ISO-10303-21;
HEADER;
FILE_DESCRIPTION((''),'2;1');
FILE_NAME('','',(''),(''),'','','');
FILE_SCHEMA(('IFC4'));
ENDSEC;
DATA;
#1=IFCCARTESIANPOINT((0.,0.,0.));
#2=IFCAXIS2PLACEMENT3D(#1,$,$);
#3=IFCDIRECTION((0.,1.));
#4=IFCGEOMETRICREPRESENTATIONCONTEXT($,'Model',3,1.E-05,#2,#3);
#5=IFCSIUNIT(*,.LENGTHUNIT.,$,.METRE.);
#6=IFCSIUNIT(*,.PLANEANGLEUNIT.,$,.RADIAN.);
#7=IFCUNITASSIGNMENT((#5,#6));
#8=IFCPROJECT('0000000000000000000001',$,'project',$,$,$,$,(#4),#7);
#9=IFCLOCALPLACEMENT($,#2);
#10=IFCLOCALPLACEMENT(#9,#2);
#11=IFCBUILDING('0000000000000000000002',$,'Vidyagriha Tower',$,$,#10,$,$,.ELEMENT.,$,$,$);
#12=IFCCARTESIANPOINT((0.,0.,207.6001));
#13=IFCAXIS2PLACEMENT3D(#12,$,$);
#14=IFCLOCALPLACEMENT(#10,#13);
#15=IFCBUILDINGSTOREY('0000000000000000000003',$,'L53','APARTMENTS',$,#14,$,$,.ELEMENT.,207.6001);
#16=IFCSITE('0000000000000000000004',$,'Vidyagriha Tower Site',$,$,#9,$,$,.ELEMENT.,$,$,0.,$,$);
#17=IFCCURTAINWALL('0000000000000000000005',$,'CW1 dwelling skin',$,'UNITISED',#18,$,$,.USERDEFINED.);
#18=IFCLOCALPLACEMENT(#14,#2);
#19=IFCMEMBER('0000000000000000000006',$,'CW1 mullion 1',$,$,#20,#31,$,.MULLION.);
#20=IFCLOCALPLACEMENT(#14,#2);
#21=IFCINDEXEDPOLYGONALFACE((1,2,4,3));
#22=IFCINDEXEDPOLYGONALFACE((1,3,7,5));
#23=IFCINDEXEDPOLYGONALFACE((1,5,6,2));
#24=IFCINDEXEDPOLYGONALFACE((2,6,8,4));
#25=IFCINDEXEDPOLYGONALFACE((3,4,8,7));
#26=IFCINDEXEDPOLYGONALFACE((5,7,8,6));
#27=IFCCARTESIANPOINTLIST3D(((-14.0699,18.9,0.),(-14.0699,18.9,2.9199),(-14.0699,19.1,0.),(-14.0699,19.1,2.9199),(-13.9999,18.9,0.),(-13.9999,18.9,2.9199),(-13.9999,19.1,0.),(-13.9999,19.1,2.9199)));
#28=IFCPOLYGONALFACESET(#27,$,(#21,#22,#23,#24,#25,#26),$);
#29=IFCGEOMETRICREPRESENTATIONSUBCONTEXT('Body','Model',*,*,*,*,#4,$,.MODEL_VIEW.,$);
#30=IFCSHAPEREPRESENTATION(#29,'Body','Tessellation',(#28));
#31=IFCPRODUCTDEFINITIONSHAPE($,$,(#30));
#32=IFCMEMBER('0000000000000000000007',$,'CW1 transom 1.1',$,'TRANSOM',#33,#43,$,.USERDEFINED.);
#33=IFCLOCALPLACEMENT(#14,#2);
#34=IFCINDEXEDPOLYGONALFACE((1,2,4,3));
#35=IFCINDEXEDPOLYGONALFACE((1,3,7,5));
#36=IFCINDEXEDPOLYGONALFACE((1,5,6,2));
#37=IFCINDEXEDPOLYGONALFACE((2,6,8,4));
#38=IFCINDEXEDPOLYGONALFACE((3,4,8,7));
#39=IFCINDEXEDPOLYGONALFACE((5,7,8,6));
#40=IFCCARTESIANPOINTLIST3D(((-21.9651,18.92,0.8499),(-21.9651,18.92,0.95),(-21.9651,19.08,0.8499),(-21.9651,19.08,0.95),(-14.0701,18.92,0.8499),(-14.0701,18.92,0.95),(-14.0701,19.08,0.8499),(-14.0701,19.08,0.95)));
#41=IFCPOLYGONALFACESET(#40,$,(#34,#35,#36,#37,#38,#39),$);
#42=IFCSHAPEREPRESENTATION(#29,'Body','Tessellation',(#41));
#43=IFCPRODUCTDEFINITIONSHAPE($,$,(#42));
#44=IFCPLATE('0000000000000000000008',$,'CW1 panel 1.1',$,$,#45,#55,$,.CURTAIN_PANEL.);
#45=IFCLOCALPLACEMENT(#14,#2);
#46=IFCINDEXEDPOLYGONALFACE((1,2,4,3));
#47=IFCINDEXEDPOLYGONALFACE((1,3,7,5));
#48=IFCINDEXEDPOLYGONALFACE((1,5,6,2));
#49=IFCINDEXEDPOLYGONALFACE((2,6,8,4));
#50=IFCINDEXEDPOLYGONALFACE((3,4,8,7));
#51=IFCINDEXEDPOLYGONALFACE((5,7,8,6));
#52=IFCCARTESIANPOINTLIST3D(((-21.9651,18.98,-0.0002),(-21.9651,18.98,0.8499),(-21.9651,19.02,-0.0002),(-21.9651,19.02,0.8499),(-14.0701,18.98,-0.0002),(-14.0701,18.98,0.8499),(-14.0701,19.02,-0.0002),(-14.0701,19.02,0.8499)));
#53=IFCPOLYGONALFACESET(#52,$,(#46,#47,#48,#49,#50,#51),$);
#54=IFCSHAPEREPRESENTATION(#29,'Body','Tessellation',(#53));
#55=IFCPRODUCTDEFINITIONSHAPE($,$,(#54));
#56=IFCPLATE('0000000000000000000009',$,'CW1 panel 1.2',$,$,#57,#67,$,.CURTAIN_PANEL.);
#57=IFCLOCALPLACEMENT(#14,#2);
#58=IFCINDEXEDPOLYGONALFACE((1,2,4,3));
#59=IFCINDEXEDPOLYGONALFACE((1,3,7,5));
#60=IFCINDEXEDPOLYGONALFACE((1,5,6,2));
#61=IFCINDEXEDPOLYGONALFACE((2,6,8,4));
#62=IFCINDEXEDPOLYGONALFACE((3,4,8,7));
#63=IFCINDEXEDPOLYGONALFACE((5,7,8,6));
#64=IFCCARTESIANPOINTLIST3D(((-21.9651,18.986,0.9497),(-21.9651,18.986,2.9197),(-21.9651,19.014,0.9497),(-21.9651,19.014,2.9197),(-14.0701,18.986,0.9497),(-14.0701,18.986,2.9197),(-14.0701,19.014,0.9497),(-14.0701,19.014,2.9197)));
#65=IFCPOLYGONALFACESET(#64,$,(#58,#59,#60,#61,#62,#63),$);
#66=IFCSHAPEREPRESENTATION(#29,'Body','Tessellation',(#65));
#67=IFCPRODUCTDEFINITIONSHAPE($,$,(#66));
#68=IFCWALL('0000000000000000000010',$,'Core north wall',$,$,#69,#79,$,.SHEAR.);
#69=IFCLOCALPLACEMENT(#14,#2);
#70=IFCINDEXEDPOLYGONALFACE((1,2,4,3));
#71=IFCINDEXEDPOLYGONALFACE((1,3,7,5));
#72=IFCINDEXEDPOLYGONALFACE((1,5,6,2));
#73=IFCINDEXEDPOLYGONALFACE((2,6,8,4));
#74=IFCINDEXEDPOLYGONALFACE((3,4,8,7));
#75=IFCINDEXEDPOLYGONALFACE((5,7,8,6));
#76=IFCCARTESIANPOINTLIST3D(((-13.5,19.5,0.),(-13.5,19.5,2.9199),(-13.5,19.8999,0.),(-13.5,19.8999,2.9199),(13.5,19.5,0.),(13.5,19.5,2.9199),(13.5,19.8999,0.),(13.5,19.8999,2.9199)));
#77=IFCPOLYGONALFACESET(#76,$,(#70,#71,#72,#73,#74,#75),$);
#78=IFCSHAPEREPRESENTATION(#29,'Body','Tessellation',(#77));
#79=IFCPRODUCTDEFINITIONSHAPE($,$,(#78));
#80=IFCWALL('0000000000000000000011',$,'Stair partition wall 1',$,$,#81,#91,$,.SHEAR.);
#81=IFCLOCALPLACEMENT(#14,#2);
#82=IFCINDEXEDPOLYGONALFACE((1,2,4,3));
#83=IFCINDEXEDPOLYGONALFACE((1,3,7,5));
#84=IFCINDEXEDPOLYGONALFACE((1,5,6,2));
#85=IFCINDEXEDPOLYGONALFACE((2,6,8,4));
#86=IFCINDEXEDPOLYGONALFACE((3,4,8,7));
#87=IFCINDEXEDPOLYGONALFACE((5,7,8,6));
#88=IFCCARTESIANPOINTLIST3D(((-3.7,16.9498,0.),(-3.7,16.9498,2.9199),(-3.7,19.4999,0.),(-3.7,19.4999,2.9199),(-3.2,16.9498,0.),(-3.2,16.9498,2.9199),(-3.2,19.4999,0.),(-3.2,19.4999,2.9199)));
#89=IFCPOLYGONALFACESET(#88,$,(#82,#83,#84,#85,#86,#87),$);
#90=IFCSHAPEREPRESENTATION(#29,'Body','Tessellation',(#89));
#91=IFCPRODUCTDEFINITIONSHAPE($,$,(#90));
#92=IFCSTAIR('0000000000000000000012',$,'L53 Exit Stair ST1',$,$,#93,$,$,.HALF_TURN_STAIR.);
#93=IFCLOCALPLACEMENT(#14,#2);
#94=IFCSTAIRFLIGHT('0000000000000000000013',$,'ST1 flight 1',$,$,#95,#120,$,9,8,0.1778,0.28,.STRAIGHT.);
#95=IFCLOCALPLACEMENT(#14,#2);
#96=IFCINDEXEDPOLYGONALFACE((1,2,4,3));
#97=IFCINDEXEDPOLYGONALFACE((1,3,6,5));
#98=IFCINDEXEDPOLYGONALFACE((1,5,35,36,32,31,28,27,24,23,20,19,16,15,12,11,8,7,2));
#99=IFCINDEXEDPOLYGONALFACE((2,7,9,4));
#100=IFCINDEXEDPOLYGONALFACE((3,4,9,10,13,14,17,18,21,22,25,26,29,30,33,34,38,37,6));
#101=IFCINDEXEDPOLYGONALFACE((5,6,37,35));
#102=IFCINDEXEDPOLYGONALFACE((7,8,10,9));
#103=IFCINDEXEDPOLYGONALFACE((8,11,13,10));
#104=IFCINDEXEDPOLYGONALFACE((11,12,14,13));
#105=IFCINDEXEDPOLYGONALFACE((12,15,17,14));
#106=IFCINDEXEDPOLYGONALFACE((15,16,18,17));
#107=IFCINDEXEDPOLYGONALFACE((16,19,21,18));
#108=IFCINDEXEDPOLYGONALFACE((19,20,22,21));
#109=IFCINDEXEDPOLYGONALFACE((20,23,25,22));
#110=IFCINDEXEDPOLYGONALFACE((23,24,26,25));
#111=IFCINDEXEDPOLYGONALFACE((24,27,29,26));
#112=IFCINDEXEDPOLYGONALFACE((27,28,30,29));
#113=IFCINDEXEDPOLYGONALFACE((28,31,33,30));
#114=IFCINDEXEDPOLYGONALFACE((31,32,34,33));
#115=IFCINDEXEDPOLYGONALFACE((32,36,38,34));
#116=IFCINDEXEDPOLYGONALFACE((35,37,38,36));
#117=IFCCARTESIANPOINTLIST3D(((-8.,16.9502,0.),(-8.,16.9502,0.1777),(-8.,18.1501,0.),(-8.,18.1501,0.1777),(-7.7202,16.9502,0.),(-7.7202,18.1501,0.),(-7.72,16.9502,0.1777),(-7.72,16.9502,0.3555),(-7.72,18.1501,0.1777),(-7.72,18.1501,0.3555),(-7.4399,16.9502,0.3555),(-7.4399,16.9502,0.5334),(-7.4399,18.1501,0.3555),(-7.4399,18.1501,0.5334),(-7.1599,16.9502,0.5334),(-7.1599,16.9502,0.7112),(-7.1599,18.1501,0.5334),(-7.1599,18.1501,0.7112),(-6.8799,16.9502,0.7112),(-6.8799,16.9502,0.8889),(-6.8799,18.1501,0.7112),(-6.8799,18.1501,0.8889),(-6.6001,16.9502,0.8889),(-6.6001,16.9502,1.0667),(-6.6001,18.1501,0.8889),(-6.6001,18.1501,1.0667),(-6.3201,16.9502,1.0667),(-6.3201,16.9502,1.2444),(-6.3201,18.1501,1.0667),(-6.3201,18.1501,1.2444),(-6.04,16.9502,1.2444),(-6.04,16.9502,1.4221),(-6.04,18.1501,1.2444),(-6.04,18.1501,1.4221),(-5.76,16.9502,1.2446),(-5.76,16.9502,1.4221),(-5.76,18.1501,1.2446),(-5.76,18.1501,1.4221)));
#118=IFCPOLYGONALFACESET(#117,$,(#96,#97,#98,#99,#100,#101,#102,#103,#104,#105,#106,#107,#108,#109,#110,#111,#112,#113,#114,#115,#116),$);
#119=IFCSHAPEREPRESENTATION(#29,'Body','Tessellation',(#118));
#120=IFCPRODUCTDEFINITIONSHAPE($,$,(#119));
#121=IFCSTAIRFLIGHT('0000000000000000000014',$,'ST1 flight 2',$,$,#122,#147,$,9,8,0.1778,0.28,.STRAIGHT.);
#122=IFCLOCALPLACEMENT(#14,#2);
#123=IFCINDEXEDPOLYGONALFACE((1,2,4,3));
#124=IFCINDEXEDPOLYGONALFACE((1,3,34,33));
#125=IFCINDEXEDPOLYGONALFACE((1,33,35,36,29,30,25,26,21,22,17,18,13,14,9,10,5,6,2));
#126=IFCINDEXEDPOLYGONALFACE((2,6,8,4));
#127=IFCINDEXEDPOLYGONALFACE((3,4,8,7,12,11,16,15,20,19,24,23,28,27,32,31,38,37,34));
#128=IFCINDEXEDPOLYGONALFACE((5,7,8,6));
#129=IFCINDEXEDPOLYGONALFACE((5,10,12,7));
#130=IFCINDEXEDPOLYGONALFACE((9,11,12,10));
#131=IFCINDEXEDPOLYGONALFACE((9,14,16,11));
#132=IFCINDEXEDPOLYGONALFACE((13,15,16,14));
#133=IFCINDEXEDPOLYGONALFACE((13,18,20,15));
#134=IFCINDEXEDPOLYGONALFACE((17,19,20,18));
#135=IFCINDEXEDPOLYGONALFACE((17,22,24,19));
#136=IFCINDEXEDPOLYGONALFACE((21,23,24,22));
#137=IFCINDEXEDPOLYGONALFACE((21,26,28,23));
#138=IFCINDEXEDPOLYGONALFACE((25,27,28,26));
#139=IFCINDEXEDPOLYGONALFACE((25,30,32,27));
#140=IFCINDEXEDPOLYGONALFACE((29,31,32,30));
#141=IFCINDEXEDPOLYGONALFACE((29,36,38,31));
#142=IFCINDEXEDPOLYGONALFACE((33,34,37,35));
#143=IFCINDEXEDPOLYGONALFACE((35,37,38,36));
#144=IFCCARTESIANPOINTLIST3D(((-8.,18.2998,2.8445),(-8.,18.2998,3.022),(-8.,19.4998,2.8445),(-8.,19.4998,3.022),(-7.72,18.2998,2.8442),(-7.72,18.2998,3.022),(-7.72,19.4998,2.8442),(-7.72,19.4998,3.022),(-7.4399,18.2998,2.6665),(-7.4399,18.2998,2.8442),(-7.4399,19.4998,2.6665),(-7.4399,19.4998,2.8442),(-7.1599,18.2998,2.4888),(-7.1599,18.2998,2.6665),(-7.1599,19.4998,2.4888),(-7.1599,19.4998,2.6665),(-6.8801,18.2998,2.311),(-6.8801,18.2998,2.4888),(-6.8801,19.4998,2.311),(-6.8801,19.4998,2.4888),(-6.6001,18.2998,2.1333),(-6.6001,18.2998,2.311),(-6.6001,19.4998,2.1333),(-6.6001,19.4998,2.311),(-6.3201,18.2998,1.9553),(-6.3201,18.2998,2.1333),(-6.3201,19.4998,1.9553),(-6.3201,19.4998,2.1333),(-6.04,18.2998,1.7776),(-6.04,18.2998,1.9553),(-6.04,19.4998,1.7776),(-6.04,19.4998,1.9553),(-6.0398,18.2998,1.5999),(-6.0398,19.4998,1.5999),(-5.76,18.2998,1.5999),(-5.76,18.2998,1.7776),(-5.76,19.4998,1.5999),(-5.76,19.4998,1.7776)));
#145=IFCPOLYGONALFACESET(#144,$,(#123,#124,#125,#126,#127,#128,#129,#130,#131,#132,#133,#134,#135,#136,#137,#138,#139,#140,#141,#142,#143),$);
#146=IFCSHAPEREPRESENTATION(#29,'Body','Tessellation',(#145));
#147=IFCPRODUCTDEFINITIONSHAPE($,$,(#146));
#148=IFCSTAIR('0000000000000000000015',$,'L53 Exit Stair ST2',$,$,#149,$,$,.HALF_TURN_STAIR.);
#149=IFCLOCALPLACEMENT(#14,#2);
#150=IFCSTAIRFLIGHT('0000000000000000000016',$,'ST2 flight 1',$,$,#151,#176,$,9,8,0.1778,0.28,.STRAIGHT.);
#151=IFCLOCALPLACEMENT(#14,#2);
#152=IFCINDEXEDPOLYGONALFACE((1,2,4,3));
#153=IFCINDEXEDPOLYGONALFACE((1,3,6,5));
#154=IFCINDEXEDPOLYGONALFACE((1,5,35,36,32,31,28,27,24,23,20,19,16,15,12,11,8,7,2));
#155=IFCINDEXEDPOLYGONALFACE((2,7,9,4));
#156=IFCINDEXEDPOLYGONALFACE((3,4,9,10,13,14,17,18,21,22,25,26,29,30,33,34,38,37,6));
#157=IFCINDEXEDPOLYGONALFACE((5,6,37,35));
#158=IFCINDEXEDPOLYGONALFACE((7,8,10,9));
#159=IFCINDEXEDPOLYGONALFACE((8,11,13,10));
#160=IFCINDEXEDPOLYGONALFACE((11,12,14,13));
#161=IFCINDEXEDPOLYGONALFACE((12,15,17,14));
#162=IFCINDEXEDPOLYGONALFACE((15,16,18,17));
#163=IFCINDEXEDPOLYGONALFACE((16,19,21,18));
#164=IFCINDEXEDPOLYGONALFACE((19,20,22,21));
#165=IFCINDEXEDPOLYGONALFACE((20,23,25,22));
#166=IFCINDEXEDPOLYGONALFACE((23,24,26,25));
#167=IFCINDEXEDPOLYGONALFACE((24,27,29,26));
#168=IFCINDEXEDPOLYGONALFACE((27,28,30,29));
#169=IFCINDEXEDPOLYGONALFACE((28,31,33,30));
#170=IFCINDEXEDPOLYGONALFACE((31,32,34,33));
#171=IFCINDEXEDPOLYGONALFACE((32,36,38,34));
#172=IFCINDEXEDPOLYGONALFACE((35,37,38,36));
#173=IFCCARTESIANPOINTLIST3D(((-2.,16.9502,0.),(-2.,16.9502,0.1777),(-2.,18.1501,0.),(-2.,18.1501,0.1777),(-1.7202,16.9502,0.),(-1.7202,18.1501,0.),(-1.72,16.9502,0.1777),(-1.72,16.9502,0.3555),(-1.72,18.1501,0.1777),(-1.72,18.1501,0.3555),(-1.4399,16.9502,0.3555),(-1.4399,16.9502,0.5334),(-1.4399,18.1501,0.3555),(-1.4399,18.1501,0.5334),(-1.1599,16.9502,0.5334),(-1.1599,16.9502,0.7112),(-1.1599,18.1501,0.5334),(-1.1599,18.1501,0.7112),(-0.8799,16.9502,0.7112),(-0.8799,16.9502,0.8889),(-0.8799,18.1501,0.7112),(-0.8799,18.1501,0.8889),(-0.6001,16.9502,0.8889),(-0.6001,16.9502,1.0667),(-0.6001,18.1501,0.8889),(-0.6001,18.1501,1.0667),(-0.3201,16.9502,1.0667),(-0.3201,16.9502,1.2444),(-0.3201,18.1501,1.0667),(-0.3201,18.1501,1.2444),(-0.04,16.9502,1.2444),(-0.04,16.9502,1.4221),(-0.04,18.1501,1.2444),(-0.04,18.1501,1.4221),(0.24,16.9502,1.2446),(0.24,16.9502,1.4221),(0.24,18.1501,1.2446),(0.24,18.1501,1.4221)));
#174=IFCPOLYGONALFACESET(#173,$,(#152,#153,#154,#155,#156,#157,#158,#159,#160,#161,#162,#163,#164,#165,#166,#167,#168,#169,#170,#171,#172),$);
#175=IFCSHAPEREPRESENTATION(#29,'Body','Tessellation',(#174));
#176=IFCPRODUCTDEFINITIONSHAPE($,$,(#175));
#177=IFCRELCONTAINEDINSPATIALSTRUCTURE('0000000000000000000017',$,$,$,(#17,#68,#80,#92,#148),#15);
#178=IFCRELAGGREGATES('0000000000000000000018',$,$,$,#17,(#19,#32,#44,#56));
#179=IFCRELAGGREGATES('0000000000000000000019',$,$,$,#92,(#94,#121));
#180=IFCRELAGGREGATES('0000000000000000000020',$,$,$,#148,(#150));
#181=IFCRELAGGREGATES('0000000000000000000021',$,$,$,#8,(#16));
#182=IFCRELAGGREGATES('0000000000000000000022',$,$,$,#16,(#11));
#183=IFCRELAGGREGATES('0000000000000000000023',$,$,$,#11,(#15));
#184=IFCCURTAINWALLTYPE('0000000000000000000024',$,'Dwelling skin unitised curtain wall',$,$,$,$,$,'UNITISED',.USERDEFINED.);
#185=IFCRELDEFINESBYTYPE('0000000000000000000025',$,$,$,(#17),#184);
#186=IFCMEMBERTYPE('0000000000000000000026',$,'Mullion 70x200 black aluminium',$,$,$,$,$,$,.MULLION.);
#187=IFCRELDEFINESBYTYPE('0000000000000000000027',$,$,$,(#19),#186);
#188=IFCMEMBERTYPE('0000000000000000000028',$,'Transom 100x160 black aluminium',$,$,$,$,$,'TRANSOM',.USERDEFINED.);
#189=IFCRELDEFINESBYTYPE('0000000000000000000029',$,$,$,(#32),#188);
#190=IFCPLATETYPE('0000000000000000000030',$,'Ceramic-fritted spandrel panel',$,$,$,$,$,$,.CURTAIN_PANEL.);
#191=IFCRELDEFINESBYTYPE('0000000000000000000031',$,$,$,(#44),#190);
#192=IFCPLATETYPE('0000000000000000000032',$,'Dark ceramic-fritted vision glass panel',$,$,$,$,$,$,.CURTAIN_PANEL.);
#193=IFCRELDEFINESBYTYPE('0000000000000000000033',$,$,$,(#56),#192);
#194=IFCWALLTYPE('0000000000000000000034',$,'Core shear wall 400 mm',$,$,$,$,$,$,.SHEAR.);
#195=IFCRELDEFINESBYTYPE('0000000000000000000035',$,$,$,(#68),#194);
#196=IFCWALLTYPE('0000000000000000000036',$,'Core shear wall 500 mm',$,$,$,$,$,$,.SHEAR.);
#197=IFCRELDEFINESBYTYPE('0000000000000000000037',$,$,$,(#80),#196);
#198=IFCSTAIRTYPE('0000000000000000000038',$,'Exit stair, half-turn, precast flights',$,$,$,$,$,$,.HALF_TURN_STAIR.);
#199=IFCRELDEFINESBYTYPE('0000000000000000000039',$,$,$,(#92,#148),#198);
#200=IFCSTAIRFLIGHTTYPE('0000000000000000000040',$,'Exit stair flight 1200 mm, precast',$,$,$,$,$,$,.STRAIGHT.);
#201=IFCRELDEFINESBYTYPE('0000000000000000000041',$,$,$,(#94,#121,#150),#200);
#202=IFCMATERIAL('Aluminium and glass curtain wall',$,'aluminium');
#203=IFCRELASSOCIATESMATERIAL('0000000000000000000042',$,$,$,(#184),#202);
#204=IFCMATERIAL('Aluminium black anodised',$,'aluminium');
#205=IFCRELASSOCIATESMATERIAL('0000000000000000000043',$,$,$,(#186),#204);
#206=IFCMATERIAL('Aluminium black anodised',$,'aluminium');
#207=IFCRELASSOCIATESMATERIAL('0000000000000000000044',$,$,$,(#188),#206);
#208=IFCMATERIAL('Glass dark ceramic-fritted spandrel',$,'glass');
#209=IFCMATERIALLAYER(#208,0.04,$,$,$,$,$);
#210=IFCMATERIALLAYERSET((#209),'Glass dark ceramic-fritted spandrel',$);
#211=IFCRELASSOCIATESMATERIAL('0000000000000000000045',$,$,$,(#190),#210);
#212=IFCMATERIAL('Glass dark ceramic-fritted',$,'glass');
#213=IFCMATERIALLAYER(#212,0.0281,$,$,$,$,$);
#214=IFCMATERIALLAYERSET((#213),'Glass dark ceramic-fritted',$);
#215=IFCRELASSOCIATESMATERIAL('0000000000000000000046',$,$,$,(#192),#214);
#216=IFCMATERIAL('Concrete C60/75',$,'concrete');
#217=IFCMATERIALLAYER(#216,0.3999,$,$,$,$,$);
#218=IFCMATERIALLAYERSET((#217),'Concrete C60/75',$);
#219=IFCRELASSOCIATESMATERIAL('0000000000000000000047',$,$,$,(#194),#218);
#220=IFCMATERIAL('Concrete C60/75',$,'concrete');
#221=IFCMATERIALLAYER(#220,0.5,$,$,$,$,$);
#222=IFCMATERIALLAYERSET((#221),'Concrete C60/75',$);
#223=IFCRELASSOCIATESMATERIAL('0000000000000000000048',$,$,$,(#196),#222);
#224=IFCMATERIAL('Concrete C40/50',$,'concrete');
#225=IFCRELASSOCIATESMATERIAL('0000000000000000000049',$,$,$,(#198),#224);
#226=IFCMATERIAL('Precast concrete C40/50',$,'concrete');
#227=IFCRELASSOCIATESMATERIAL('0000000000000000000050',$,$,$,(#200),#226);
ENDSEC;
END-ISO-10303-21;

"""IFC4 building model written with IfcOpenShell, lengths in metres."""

from ifc_helpers import new_model, si_unit, direction, frame, frame_2d, origin, origin_2d, place, context, subcontext, project, spatial, polyline, rectangle, outline, extrude, material, layer, layer_set, material_profile, profile_set, type_object, element, aggregate, save


model = new_model("IFC4")

# Units and contexts
model_context = context("Model", 3, precision=1e-05, world=origin(), true_north=direction((0.0, 1.0)))
body_context = subcontext(model_context, "Body", "Model", "MODEL_VIEW")
ifc_project = project(units=[si_unit("LENGTHUNIT", "METRE"), si_unit("PLANEANGLEUNIT", "RADIAN")], contexts=[model_context])

# Site, building, storey
site_placement = place(None, origin())
site = spatial("IfcSite", under=ifc_project, at=site_placement, Name="Vidyagriha Tower Site", CompositionType="ELEMENT", RefElevation=0.0)
building_placement = place(site_placement, origin())
building = spatial("IfcBuilding", under=site, at=building_placement, Name="Vidyagriha Tower", CompositionType="ELEMENT")
storey_placement = place(building_placement, frame((0.0, 0.0, 207.6001)))
storey = spatial("IfcBuildingStorey", under=building, at=storey_placement, Name="L53", Description="APARTMENTS", CompositionType="ELEMENT", Elevation=207.6001)

# Curtain wall, members, plates
ifc_material_1 = material(Name="Aluminium and glass curtain wall", Category="aluminium")
curtain_wall_type = type_object("IfcCurtainWallType", Name="Dwelling skin unitised curtain wall", ElementType="UNITISED", PredefinedType="USERDEFINED", material=ifc_material_1)
curtain_wall_placement = place(storey_placement, origin())
curtain_wall = element("IfcCurtainWall", 1, at=curtain_wall_placement, inside=storey, type_object=curtain_wall_type, Name="CW1 dwelling skin", ObjectType="UNITISED", PredefinedType="USERDEFINED")
ifc_material_2 = material(Name="Aluminium black anodised", Category="aluminium")
ifc_material_profile_1 = material_profile(ifc_material_2, rectangle(XDim=0.2, YDim=0.0701, at=origin_2d()), Name="Mullion 70x200 black aluminium")
ifc_profile_set_1 = profile_set([ifc_material_profile_1], Name="Aluminium black anodised")
member_type_1 = type_object("IfcMemberType", Name="Mullion 70x200 black aluminium", PredefinedType="MULLION", material=ifc_profile_set_1)
member_1_placement = place(storey_placement, frame((-14.0349, 19.0, 0.0), z_axis=(0.0, 0.0, 1.0), x_axis=(0.0, -1.0, 0.0)))
member_1 = element("IfcMember", 2, at=member_1_placement, type_object=member_type_1, Name="CW1 mullion 1", PredefinedType="MULLION", context=body_context, shape_type="SweptSolid", body=[
    extrude(rectangle(XDim=0.2, YDim=0.0701, at=origin_2d()), origin(), (0.0, 0.0, 1.0), 2.9199),
])
ifc_material_3 = material(Name="Aluminium black anodised", Category="aluminium")
ifc_material_profile_2 = material_profile(ifc_material_3, rectangle(XDim=0.1599, YDim=0.1001, at=origin_2d()), Name="Transom 100x160 black aluminium")
ifc_profile_set_2 = profile_set([ifc_material_profile_2], Name="Aluminium black anodised")
member_type_2 = type_object("IfcMemberType", Name="Transom 100x160 black aluminium", ElementType="TRANSOM", PredefinedType="USERDEFINED", material=ifc_profile_set_2)
member_2_placement = place(storey_placement, frame((-14.0701, 19.0, 0.8999), z_axis=(-1.0, 0.0, 0.0), x_axis=(0.0, -1.0, 0.0)))
member_2 = element("IfcMember", 3, at=member_2_placement, type_object=member_type_2, Name="CW1 transom 1.1", ObjectType="TRANSOM", PredefinedType="USERDEFINED", context=body_context, shape_type="SweptSolid", body=[
    extrude(rectangle(XDim=0.1599, YDim=0.1001, at=origin_2d()), origin(), (0.0, 0.0, 1.0), 7.895),
])
ifc_material_4 = material(Name="Glass dark ceramic-fritted spandrel", Category="glass")
ifc_layer_1 = layer(ifc_material_4, 0.04)
ifc_layer_set_1 = layer_set([ifc_layer_1], Name="Glass dark ceramic-fritted spandrel")
plate_type_1 = type_object("IfcPlateType", Name="Ceramic-fritted spandrel panel", PredefinedType="CURTAIN_PANEL", material=ifc_layer_set_1)
plate_1_placement = place(storey_placement, frame((-18.0176, 19.0, -0.0002), z_axis=(0.0, 0.0, 1.0), x_axis=(-1.0, 0.0, 0.0)))
plate_1 = element("IfcPlate", 4, at=plate_1_placement, type_object=plate_type_1, Name="CW1 panel 1.1", PredefinedType="CURTAIN_PANEL", context=body_context, shape_type="SweptSolid", body=[
    extrude(rectangle(XDim=7.895, YDim=0.04, at=origin_2d()), origin(), (0.0, 0.0, 1.0), 0.8501),
])
ifc_material_5 = material(Name="Glass dark ceramic-fritted", Category="glass")
ifc_layer_2 = layer(ifc_material_5, 0.0281)
ifc_layer_set_2 = layer_set([ifc_layer_2], Name="Glass dark ceramic-fritted")
plate_type_2 = type_object("IfcPlateType", Name="Dark ceramic-fritted vision glass panel", PredefinedType="CURTAIN_PANEL", material=ifc_layer_set_2)
plate_2_placement = place(storey_placement, frame((-18.0176, 19.0, 0.9497), z_axis=(0.0, 0.0, 1.0), x_axis=(-1.0, 0.0, 0.0)))
plate_2 = element("IfcPlate", 5, at=plate_2_placement, type_object=plate_type_2, Name="CW1 panel 1.2", PredefinedType="CURTAIN_PANEL", context=body_context, shape_type="SweptSolid", body=[
    extrude(rectangle(XDim=7.895, YDim=0.0281, at=origin_2d()), origin(), (0.0, 0.0, 1.0), 1.97),
])
aggregate(curtain_wall, [member_1, member_2, plate_1, plate_2])

# Walls
ifc_material_6 = material(Name="Concrete C60/75", Category="concrete")
ifc_layer_3 = layer(ifc_material_6, 0.3999)
ifc_layer_set_3 = layer_set([ifc_layer_3], Name="Concrete C60/75")
wall_type_1 = type_object("IfcWallType", Name="Core shear wall 400 mm", PredefinedType="SHEAR", material=ifc_layer_set_3)
wall_1_placement = place(storey_placement, frame((-13.5, 19.7, 0.0)))
element("IfcWall", 6, at=wall_1_placement, inside=storey, type_object=wall_type_1, Name="Core north wall", PredefinedType="SHEAR", context=body_context, shape_type="SweptSolid", body=[
    extrude(rectangle(XDim=27.0, YDim=0.3999, at=frame_2d((13.5, 0.0))), origin(), (0.0, 0.0, 1.0), 2.9199),
])
ifc_material_7 = material(Name="Concrete C60/75", Category="concrete")
ifc_layer_4 = layer(ifc_material_7, 0.5)
ifc_layer_set_4 = layer_set([ifc_layer_4], Name="Concrete C60/75")
wall_type_2 = type_object("IfcWallType", Name="Core shear wall 500 mm", PredefinedType="SHEAR", material=ifc_layer_set_4)
wall_2_placement = place(storey_placement, frame((-3.45, 16.95, 0.0), z_axis=(0.0, 0.0, 1.0), x_axis=(0.0, 1.0, 0.0)))
element("IfcWall", 7, at=wall_2_placement, inside=storey, type_object=wall_type_2, Name="Stair partition wall 1", PredefinedType="SHEAR", context=body_context, shape_type="SweptSolid", body=[
    extrude(rectangle(XDim=2.55, YDim=0.5, at=frame_2d((1.2749, 0.0))), origin(), (0.0, 0.0, 1.0), 2.9199),
])

# Stair, stair flights
ifc_material_8 = material(Name="Concrete C40/50", Category="concrete")
stair_type = type_object("IfcStairType", Name="Exit stair, half-turn, precast flights", PredefinedType="HALF_TURN_STAIR", material=ifc_material_8)
stair_1_placement = place(storey_placement, origin())
stair_1 = element("IfcStair", 8, at=stair_1_placement, inside=storey, type_object=stair_type, Name="L53 Exit Stair ST1", PredefinedType="HALF_TURN_STAIR")
ifc_material_9 = material(Name="Precast concrete C40/50", Category="concrete")
stair_flight_type = type_object("IfcStairFlightType", Name="Exit stair flight 1200 mm, precast", PredefinedType="STRAIGHT", material=ifc_material_9)
stair_flight_1_placement = place(storey_placement, frame((-8.0, 17.55, 0.0)))
stair_flight_1 = element("IfcStairFlight", 9, at=stair_flight_1_placement, type_object=stair_flight_type, Name="ST1 flight 1", NumberOfRisers=9, NumberOfTreads=8, PredefinedType="STRAIGHT", RiserHeight=0.1778, TreadLength=0.28, context=body_context, shape_type="SweptSolid", body=[
    extrude(outline(polyline([(0.0, 0.0), (0.0, 0.1777), (0.28, 0.1777), (0.28, 0.3555), (0.5601, 0.3555), (0.5601, 0.5334), (0.8401, 0.5334), (0.8401, 0.7112), (1.1201, 0.7112), (1.1201, 0.8889), (1.3999, 0.8889), (1.3999, 1.0667), (1.6799, 1.0667), (1.6799, 1.2444), (1.96, 1.2444), (1.96, 1.4221), (2.24, 1.4221), (2.24, 1.6001), (2.24, 1.2446), (0.2798, 0.0), (0.0, 0.0)])), frame((0.0, 0.6001, 0.0), z_axis=(0.0, -1.0, 0.0), x_axis=(1.0, 0.0, 0.0)), (0.0, 0.0, 1.0), 1.2),
])
stair_flight_2_placement = place(storey_placement, frame((-5.76, 18.8999, 1.5999), z_axis=(0.0, 0.0, 1.0), x_axis=(-1.0, 0.0, 0.0)))
stair_flight_2 = element("IfcStairFlight", 10, at=stair_flight_2_placement, type_object=stair_flight_type, Name="ST1 flight 2", NumberOfRisers=9, NumberOfTreads=8, PredefinedType="STRAIGHT", RiserHeight=0.1778, TreadLength=0.28, context=body_context, shape_type="SweptSolid", body=[
    extrude(outline(polyline([(0.0, 0.0), (0.0, 0.1777), (0.28, 0.1777), (0.28, 0.3555), (0.5601, 0.3555), (0.5601, 0.5334), (0.8401, 0.5334), (0.8401, 0.7112), (1.1201, 0.7112), (1.1201, 0.8889), (1.3999, 0.8889), (1.3999, 1.0667), (1.6799, 1.0667), (1.6799, 1.2444), (1.96, 1.2444), (1.96, 1.4221), (2.24, 1.4221), (2.24, 1.6001), (2.24, 1.2446), (0.2798, 0.0), (0.0, 0.0)])), frame((0.0, 0.6001, 0.0), z_axis=(0.0, -1.0, 0.0), x_axis=(1.0, 0.0, 0.0)), (0.0, 0.0, 1.0), 1.2),
])
aggregate(stair_1, [stair_flight_1, stair_flight_2])

# Stair, stair flight
stair_2_placement = place(storey_placement, origin())
stair_2 = element("IfcStair", 11, at=stair_2_placement, inside=storey, type_object=stair_type, Name="L53 Exit Stair ST2", PredefinedType="HALF_TURN_STAIR")
stair_flight_3_placement = place(storey_placement, frame((-2.0, 17.55, 0.0)))
stair_flight_3 = element("IfcStairFlight", 12, at=stair_flight_3_placement, type_object=stair_flight_type, Name="ST2 flight 1", NumberOfRisers=9, NumberOfTreads=8, PredefinedType="STRAIGHT", RiserHeight=0.1778, TreadLength=0.28, context=body_context, shape_type="SweptSolid", body=[
    extrude(outline(polyline([(0.0, 0.0), (0.0, 0.1777), (0.28, 0.1777), (0.28, 0.3555), (0.5601, 0.3555), (0.5601, 0.5334), (0.8401, 0.5334), (0.8401, 0.7112), (1.1201, 0.7112), (1.1201, 0.8889), (1.3999, 0.8889), (1.3999, 1.0667), (1.6799, 1.0667), (1.6799, 1.2444), (1.96, 1.2444), (1.96, 1.4221), (2.24, 1.4221), (2.24, 1.6001), (2.24, 1.2446), (0.2798, 0.0), (0.0, 0.0)])), frame((0.0, 0.6001, 0.0), z_axis=(0.0, -1.0, 0.0), x_axis=(1.0, 0.0, 0.0)), (0.0, 0.0, 1.0), 1.2),
])
aggregate(stair_2, [stair_flight_3])

save(model, "model.ifc")
